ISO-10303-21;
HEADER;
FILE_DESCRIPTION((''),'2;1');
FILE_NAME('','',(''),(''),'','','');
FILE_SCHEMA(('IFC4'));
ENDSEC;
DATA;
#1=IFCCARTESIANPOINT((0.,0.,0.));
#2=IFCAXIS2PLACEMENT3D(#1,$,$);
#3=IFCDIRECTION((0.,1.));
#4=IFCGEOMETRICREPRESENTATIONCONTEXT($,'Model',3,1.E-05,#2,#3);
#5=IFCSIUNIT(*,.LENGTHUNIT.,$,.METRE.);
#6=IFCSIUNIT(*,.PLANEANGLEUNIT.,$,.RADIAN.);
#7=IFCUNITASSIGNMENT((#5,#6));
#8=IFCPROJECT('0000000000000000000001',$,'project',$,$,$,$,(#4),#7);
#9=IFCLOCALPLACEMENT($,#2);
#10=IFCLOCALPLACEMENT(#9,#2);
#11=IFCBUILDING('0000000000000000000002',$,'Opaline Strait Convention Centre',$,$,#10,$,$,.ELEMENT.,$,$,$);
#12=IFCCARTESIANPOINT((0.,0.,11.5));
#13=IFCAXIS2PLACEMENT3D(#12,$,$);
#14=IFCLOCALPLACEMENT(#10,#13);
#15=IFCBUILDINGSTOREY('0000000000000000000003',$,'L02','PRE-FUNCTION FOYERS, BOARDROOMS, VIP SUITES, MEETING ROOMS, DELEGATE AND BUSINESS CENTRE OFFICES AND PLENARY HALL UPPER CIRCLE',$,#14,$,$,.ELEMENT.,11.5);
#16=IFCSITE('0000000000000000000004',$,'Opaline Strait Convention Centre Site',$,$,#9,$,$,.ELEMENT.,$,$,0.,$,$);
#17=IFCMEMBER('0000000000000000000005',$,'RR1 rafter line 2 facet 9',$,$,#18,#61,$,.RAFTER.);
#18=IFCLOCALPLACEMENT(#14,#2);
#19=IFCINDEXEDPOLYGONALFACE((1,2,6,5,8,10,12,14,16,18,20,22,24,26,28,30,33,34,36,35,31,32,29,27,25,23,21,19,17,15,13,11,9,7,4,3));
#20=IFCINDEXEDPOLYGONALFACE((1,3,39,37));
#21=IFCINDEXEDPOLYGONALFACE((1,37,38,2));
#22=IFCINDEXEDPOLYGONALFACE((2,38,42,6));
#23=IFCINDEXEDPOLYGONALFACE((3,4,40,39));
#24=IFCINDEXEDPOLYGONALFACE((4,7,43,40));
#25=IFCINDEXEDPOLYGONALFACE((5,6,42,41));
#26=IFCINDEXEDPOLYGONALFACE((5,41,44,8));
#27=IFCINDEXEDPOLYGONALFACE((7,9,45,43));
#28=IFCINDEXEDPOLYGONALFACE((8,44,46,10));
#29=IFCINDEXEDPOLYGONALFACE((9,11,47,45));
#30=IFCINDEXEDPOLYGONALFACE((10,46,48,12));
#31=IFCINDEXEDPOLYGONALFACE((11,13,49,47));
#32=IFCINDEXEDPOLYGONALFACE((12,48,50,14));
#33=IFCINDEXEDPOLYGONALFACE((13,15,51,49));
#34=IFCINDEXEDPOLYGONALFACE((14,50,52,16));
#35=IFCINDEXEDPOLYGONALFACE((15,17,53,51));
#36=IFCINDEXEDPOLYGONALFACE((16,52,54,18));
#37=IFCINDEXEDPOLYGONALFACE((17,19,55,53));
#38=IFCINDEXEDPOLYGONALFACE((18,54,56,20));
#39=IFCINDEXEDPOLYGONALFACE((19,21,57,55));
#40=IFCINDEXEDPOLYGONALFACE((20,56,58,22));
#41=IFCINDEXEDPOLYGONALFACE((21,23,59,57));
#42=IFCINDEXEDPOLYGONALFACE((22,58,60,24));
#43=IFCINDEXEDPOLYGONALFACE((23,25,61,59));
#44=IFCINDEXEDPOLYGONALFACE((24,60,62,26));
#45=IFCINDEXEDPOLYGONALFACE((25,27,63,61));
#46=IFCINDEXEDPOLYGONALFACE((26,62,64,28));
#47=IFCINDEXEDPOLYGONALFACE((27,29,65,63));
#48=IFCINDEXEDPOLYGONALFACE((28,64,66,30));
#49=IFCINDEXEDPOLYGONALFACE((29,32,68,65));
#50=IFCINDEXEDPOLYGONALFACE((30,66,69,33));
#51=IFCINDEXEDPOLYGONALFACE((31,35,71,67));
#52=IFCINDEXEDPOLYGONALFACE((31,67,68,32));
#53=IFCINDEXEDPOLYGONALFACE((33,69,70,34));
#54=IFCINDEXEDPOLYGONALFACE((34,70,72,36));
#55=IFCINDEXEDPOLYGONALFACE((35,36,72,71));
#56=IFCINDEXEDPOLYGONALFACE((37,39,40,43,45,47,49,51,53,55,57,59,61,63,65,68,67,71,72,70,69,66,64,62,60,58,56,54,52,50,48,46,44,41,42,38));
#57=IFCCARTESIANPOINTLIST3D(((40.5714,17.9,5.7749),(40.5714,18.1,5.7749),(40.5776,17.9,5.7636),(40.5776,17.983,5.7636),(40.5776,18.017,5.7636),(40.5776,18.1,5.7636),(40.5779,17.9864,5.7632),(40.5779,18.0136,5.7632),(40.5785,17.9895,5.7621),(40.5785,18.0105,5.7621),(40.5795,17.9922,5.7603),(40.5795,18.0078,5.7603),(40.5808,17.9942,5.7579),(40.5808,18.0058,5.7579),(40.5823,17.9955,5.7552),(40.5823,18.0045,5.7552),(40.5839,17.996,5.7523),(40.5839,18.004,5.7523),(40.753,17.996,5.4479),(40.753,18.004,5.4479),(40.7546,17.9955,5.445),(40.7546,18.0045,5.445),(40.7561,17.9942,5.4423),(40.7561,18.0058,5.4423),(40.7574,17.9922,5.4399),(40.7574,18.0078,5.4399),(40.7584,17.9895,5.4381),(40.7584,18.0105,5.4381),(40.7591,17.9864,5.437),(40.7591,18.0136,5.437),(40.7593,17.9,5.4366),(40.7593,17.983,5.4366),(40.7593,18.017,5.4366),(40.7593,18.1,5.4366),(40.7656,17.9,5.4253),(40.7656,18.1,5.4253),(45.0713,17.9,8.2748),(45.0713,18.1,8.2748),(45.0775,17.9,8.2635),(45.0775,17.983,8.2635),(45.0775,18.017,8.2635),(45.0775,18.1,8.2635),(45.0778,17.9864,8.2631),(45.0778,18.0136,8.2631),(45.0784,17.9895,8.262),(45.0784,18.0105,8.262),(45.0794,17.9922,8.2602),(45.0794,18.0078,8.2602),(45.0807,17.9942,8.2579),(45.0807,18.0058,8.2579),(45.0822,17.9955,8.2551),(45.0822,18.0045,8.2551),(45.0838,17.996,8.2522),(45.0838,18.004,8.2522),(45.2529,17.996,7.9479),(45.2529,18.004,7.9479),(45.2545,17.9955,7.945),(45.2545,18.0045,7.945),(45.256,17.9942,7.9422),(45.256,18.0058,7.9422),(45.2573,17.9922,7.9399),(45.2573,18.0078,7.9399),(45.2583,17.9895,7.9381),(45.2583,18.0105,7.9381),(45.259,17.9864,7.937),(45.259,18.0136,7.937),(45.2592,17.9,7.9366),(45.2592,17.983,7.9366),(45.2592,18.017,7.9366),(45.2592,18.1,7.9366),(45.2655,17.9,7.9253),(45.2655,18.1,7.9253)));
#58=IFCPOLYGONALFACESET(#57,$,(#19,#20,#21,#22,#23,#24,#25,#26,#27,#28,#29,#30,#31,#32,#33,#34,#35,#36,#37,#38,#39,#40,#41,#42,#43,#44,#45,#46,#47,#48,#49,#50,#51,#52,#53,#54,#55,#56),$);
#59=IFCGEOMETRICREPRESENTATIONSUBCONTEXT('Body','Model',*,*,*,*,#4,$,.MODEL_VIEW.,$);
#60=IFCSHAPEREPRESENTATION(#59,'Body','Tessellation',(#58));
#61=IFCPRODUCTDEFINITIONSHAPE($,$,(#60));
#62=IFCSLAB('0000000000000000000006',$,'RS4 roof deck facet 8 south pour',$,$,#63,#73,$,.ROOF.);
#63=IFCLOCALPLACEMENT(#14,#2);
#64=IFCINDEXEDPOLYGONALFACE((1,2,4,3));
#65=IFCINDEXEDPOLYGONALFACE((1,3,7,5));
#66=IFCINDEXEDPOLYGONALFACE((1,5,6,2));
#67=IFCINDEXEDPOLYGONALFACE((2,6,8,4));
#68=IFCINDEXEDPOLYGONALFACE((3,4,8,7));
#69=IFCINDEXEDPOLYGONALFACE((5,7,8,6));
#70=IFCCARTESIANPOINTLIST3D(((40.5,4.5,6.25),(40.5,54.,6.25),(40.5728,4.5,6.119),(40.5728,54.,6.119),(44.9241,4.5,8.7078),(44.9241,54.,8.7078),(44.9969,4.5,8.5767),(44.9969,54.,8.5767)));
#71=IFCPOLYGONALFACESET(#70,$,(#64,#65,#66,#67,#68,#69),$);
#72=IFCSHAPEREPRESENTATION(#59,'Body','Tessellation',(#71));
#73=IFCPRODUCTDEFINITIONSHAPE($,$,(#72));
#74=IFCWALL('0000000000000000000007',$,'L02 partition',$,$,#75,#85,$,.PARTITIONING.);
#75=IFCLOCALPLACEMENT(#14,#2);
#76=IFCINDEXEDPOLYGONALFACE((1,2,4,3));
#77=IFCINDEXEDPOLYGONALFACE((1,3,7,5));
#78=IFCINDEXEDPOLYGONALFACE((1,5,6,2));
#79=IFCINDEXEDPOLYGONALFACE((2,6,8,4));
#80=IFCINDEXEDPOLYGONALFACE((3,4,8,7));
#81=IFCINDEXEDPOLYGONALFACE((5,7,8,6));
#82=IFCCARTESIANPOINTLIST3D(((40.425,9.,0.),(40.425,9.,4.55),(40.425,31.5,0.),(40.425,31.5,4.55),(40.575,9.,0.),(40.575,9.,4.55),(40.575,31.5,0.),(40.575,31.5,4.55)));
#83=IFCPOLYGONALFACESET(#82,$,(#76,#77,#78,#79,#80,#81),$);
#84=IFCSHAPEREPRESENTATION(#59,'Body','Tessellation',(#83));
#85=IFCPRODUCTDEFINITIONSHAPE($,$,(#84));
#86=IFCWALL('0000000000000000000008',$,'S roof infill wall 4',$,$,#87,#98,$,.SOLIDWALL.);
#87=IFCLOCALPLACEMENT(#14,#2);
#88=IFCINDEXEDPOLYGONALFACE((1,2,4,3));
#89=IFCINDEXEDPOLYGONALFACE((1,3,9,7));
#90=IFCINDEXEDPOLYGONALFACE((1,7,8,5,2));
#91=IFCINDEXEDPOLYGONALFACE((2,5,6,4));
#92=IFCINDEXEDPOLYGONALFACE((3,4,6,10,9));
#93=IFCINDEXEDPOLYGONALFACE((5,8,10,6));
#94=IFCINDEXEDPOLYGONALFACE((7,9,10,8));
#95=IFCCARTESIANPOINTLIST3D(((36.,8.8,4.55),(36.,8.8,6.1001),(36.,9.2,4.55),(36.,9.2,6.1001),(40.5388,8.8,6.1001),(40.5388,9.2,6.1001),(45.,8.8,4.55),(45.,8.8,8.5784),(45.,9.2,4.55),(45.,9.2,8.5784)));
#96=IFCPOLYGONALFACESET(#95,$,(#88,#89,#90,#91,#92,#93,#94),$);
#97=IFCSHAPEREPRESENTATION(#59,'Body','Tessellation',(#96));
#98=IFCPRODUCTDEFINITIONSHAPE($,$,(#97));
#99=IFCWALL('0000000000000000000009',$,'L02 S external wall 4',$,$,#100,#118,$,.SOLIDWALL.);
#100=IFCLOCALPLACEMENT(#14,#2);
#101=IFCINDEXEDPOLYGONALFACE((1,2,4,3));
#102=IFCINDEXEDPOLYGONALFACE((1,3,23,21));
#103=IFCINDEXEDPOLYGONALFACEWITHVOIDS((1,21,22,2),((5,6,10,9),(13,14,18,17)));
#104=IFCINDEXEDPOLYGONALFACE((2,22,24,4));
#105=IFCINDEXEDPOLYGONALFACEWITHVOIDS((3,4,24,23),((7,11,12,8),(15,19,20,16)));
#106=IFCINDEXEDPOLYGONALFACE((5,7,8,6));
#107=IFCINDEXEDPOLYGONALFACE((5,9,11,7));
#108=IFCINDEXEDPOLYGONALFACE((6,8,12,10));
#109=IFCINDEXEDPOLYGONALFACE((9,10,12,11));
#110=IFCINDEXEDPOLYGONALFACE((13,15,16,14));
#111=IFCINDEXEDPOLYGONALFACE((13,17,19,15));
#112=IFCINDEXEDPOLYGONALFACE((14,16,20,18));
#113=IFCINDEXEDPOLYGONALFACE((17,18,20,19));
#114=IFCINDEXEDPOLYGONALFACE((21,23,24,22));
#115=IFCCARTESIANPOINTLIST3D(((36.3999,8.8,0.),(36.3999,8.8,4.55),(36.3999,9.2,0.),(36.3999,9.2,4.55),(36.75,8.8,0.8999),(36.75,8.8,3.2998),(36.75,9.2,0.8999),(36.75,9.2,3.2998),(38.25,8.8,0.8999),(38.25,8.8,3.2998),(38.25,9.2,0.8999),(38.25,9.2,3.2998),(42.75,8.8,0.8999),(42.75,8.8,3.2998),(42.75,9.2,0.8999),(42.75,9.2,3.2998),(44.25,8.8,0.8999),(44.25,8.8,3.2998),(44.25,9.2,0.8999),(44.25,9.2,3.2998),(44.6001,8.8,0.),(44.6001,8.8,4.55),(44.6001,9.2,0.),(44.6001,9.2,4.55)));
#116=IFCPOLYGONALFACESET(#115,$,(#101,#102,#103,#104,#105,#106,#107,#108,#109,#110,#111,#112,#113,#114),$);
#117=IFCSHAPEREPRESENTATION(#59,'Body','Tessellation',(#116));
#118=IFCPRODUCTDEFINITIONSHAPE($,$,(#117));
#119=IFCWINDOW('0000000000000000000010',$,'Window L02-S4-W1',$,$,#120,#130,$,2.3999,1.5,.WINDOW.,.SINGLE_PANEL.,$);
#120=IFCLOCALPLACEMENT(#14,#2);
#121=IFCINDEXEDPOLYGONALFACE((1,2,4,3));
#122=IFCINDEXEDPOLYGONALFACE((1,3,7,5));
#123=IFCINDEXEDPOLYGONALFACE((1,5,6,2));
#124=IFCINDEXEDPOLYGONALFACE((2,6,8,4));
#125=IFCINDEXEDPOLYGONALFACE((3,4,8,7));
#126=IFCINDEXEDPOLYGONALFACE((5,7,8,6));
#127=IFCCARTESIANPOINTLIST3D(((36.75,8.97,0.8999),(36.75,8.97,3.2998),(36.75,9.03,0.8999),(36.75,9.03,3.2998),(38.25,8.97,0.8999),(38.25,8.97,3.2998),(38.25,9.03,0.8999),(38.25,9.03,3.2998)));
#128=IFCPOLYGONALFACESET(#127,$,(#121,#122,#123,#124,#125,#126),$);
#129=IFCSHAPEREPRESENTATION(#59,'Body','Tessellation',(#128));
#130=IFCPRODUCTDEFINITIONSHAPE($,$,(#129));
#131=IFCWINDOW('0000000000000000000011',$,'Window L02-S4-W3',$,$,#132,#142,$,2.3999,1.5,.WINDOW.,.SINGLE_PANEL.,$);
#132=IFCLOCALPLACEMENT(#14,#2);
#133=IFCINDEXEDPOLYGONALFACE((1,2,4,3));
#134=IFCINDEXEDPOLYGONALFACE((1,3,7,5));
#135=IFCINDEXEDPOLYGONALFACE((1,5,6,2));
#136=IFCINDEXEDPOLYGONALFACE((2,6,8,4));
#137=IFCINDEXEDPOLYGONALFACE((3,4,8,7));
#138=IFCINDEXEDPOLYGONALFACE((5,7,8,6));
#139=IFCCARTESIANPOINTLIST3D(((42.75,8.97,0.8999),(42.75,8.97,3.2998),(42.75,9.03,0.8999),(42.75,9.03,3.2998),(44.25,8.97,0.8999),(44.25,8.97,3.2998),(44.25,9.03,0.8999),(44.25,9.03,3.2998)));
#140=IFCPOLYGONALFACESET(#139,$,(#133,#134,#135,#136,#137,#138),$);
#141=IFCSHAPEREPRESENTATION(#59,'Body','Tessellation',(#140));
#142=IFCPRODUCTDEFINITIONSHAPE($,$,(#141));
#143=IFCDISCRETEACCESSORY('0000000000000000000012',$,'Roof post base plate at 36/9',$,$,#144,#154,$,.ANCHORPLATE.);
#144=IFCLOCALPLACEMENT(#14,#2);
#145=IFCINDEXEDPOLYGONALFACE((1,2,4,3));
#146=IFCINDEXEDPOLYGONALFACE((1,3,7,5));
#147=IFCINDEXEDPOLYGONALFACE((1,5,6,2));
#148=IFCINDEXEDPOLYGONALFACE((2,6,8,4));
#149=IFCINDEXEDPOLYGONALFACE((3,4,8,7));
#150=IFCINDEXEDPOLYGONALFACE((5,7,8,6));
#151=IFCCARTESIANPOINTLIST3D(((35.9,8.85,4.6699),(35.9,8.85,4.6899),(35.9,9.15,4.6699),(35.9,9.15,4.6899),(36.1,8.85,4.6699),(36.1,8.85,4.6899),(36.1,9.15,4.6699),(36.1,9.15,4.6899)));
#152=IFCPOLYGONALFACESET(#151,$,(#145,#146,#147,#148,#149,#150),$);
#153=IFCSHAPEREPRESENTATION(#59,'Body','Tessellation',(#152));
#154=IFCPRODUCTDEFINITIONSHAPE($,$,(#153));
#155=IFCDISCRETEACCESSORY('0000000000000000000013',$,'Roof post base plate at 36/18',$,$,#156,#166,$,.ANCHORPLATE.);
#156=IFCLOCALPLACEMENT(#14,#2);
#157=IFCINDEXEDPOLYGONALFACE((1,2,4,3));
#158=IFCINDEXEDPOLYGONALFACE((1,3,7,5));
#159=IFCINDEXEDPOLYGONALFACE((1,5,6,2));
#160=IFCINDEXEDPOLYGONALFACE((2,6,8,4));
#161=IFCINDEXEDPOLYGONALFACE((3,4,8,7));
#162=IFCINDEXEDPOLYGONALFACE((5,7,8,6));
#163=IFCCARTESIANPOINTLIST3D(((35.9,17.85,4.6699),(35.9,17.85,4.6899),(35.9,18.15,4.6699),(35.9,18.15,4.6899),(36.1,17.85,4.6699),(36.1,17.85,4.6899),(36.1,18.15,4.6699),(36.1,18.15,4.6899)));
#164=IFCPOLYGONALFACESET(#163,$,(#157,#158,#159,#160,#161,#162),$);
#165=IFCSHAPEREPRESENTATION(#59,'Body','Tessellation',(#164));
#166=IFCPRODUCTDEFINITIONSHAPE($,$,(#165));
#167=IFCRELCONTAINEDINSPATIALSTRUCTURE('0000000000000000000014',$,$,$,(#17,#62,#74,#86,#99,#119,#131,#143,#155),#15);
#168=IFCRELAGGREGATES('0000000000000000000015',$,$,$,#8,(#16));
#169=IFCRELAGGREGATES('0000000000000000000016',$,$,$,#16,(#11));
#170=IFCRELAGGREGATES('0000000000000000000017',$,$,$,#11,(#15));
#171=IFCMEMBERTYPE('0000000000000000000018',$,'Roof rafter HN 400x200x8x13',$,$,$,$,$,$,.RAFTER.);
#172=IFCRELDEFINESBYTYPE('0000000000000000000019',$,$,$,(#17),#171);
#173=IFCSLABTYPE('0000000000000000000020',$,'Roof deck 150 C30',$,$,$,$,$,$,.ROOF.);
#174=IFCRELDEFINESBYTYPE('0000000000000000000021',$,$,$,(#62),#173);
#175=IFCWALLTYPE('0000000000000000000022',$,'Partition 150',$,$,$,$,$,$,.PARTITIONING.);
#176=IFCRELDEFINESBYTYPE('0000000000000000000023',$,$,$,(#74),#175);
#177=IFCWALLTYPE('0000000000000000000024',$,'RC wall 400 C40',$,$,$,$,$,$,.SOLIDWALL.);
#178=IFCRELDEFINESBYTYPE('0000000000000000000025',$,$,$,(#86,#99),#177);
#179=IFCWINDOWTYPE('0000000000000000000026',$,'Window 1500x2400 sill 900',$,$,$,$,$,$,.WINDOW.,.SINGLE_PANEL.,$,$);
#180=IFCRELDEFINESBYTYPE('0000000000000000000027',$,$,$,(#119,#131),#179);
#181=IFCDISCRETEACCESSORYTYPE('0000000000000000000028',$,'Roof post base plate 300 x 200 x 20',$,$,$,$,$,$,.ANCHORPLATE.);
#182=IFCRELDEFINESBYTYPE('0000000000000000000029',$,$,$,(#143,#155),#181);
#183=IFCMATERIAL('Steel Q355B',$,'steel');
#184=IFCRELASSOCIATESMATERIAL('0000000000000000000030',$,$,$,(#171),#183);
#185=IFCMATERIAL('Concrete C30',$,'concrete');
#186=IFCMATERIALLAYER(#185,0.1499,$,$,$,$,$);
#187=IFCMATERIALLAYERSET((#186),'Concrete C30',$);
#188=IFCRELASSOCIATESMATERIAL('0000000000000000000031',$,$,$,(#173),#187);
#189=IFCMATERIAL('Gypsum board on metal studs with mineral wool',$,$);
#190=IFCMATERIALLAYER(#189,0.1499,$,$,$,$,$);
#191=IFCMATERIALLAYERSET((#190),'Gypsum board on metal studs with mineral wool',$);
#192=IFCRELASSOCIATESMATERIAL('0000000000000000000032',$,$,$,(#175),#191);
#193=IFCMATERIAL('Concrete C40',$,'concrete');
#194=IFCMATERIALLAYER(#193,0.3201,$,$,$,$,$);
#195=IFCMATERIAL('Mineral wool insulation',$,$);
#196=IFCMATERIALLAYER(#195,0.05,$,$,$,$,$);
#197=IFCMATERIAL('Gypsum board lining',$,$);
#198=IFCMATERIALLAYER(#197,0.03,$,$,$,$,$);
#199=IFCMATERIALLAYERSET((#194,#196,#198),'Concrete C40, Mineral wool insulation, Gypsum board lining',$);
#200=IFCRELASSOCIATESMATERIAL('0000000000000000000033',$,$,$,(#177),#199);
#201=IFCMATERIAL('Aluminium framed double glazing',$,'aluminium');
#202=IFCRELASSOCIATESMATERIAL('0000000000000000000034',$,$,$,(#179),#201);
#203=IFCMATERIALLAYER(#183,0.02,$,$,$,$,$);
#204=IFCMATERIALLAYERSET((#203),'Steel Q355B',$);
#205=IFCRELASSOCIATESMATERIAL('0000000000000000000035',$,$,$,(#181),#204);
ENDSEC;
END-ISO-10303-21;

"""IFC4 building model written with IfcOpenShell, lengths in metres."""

from ifc_helpers import new_model, si_unit, direction, frame, frame_2d, origin, origin_2d, place, context, subcontext, project, spatial, polyline, rectangle, i_section, outline, extrude, material, layer, layer_set, material_profile, profile_set, type_object, element, fill, save


model = new_model("IFC4")

# Units and contexts
model_context = context("Model", 3, precision=1e-05, world=origin(), true_north=direction((0.0, 1.0)))
body_context = subcontext(model_context, "Body", "Model", "MODEL_VIEW")
ifc_project = project(units=[si_unit("LENGTHUNIT", "METRE"), si_unit("PLANEANGLEUNIT", "RADIAN")], contexts=[model_context])

# Site, building, storey
site_placement = place(None, origin())
site = spatial("IfcSite", under=ifc_project, at=site_placement, Name="Opaline Strait Convention Centre Site", CompositionType="ELEMENT", RefElevation=0.0)
building_placement = place(site_placement, origin())
building = spatial("IfcBuilding", under=site, at=building_placement, Name="Opaline Strait Convention Centre", CompositionType="ELEMENT")
storey_placement = place(building_placement, frame((0.0, 0.0, 11.5)))
storey = spatial("IfcBuildingStorey", under=building, at=storey_placement, Name="L02", Description="PRE-FUNCTION FOYERS, BOARDROOMS, VIP SUITES, MEETING ROOMS, DELEGATE AND BUSINESS CENTRE OFFICES AND PLENARY HALL UPPER CIRCLE", CompositionType="ELEMENT", Elevation=11.5)

# Shared definitions
ifc_material_1 = material(Name="Concrete C40", Category="concrete")

# Shared definitions
ifc_material_2 = material(Name="Steel Q355B", Category="steel")

# Member
ifc_material_profile_1 = material_profile(ifc_material_2, i_section(OverallWidth=0.2, OverallDepth=0.3999, WebThickness=0.0081, FlangeThickness=0.0129, FilletRadius=0.0129, at=origin_2d()), Name="HN 400x200x8x13")
ifc_profile_set_1 = profile_set([ifc_material_profile_1], Name="Steel Q355B")
member_type_1 = type_object("IfcMemberType", Name="Roof rafter HN 400x200x8x13", PredefinedType="RAFTER", material=ifc_profile_set_1)
member_1_placement = place(storey_placement, frame((40.6685, 18.0, 5.6001), z_axis=(0.874157, 0.0, 0.485643), x_axis=(0.0, 1.0, 0.0)))
element("IfcMember", 1, at=member_1_placement, inside=storey, type_object=member_type_1, Name="RR1 rafter line 2 facet 9", PredefinedType="RAFTER", context=body_context, shape_type="SweptSolid", body=[
    extrude(i_section(OverallWidth=0.2, OverallDepth=0.3999, WebThickness=0.0081, FlangeThickness=0.0129, FilletRadius=0.0129, at=origin_2d()), origin(), (0.0, 0.0, 1.0), 5.1477),
])

# Slab
ifc_material_3 = material(Name="Concrete C30", Category="concrete")
ifc_layer_1 = layer(ifc_material_3, 0.1499)
ifc_layer_set_1 = layer_set([ifc_layer_1], Name="Concrete C30")
slab_type = type_object("IfcSlabType", Name="Roof deck 150 C30", PredefinedType="ROOF", material=ifc_layer_set_1)
slab_placement = place(storey_placement, frame((40.5, 4.5, 6.25), z_axis=(-0.485635, 0.0, 0.874162), x_axis=(0.874162, 0.0, 0.485635)))
element("IfcSlab", 2, at=slab_placement, inside=storey, type_object=slab_type, Name="RS4 roof deck facet 8 south pour", PredefinedType="ROOF", context=body_context, shape_type="SweptSolid", body=[
    extrude(outline(polyline([(0.0, 0.0), (5.0609, 0.0), (5.0609, 49.5), (0.0, 49.5), (0.0, 0.0)])), origin(), (0.0, 0.0, -1.0), 0.1499),
])

# Walls
ifc_material_4 = material(Name="Gypsum board on metal studs with mineral wool")
ifc_layer_2 = layer(ifc_material_4, 0.1499)
ifc_layer_set_2 = layer_set([ifc_layer_2], Name="Gypsum board on metal studs with mineral wool")
wall_type_1 = type_object("IfcWallType", Name="Partition 150", PredefinedType="PARTITIONING", material=ifc_layer_set_2)
wall_1_placement = place(storey_placement, frame((40.5, 9.0, 0.0), z_axis=(0.0, 0.0, 1.0), x_axis=(0.0, 1.0, 0.0)))
element("IfcWall", 3, at=wall_1_placement, inside=storey, type_object=wall_type_1, Name="L02 partition", PredefinedType="PARTITIONING", context=body_context, shape_type="SweptSolid", body=[
    extrude(rectangle(XDim=22.5, YDim=0.1499, at=frame_2d((11.25, 0.0))), origin(), (0.0, 0.0, 1.0), 4.55),
])
ifc_layer_3 = layer(ifc_material_1, 0.3201)
ifc_material_5 = material(Name="Mineral wool insulation")
ifc_layer_4 = layer(ifc_material_5, 0.05)
ifc_material_6 = material(Name="Gypsum board lining")
ifc_layer_5 = layer(ifc_material_6, 0.03)
ifc_layer_set_3 = layer_set([ifc_layer_3, ifc_layer_4, ifc_layer_5], Name="Concrete C40, Mineral wool insulation, Gypsum board lining")
wall_type_2 = type_object("IfcWallType", Name="RC wall 400 C40", PredefinedType="SOLIDWALL", material=ifc_layer_set_3)
wall_2_placement = place(storey_placement, frame((36.0, 9.0, 4.55), z_axis=(0.0, 0.0, 1.0), x_axis=(1.0, 0.0, 0.0)))
element("IfcWall", 4, at=wall_2_placement, inside=storey, type_object=wall_type_2, Name="S roof infill wall 4", PredefinedType="SOLIDWALL", context=body_context, shape_type="SweptSolid", body=[
    extrude(outline(polyline([(0.0, 0.0), (9.0, 0.0), (9.0, 4.0283), (4.5388, 1.55), (0.0, 1.55), (0.0, 0.0)])), frame((0.0, 0.2, 0.0), z_axis=(0.0, -1.0, 0.0), x_axis=(1.0, 0.0, 0.0)), (0.0, 0.0, 1.0), 0.3999),
])

# Wall, openings, windows
wall_3_placement = place(storey_placement, frame((36.3999, 9.0, 0.0), z_axis=(0.0, 0.0, 1.0), x_axis=(1.0, 0.0, 0.0)))
wall_3 = element("IfcWall", 5, at=wall_3_placement, inside=storey, type_object=wall_type_2, Name="L02 S external wall 4", PredefinedType="SOLIDWALL", context=body_context, shape_type="SweptSolid", body=[
    extrude(rectangle(XDim=8.2002, YDim=0.3999, at=frame_2d((4.1001, 0.0))), origin(), (0.0, 0.0, 1.0), 4.55),
])
opening_1_placement = place(wall_3_placement, frame((0.3501, 0.0, 0.8999)))
opening_1 = element("IfcOpeningElement", 6, at=opening_1_placement, cuts=wall_3, PredefinedType="OPENING", context=body_context, shape_type="SweptSolid", body=[
    extrude(rectangle(XDim=1.5, YDim=2.3999, at=frame_2d((0.75, 1.2))), frame((0.0, 0.21, 0.0), z_axis=(0.0, -1.0, 0.0), x_axis=(1.0, 0.0, 0.0)), (0.0, 0.0, 1.0), 0.4199),
])
opening_2_placement = place(wall_3_placement, frame((6.3501, 0.0, 0.8999)))
opening_2 = element("IfcOpeningElement", 7, at=opening_2_placement, cuts=wall_3, PredefinedType="OPENING", context=body_context, shape_type="SweptSolid", body=[
    extrude(rectangle(XDim=1.5, YDim=2.3999, at=frame_2d((0.75, 1.2))), frame((0.0, 0.21, 0.0), z_axis=(0.0, -1.0, 0.0), x_axis=(1.0, 0.0, 0.0)), (0.0, 0.0, 1.0), 0.4199),
])
ifc_material_7 = material(Name="Aluminium framed double glazing", Category="aluminium")
window_type = type_object("IfcWindowType", Name="Window 1500x2400 sill 900", PartitioningType="SINGLE_PANEL", PredefinedType="WINDOW", material=ifc_material_7)
window_1_placement = place(opening_1_placement, origin())
window_1 = element("IfcWindow", 8, at=window_1_placement, inside=storey, type_object=window_type, Name="Window L02-S4-W1", OverallHeight=2.3999, OverallWidth=1.5, PartitioningType="SINGLE_PANEL", PredefinedType="WINDOW", context=body_context, shape_type="SweptSolid", body=[
    extrude(rectangle(XDim=1.5, YDim=2.3999, at=frame_2d((0.75, 1.2))), frame((0.0, 0.03, 0.0), z_axis=(0.0, -1.0, 0.0), x_axis=(1.0, 0.0, 0.0)), (0.0, 0.0, 1.0), 0.0601),
])
fill(opening_1, window_1)
window_2_placement = place(opening_2_placement, origin())
window_2 = element("IfcWindow", 9, at=window_2_placement, inside=storey, type_object=window_type, Name="Window L02-S4-W3", OverallHeight=2.3999, OverallWidth=1.5, PartitioningType="SINGLE_PANEL", PredefinedType="WINDOW", context=body_context, shape_type="SweptSolid", body=[
    extrude(rectangle(XDim=1.5, YDim=2.3999, at=frame_2d((0.75, 1.2))), frame((0.0, 0.03, 0.0), z_axis=(0.0, -1.0, 0.0), x_axis=(1.0, 0.0, 0.0)), (0.0, 0.0, 1.0), 0.0601),
])
fill(opening_2, window_2)

# Discrete accessories
ifc_layer_6 = layer(ifc_material_2, 0.02)
ifc_layer_set_4 = layer_set([ifc_layer_6], Name="Steel Q355B")
discrete_accessory_type_1 = type_object("IfcDiscreteAccessoryType", Name="Roof post base plate 300 x 200 x 20", PredefinedType="ANCHORPLATE", material=ifc_layer_set_4)
for number, where, z_axis, x_axis, name in (
    (10, (36.0, 9.0, 4.6699), (0.0, 0.0, 1.0), (1.0, 0.0, 0.0), "Roof post base plate at 36/9"),
    (11, (36.0, 18.0, 4.6699), (0.0, 0.0, 1.0), (1.0, 0.0, 0.0), "Roof post base plate at 36/18"),
):
    element("IfcDiscreteAccessory", number, at=place(storey_placement, frame(where, z_axis=z_axis, x_axis=x_axis)), inside=storey, type_object=discrete_accessory_type_1, Name=name, PredefinedType="ANCHORPLATE", context=body_context, shape_type="SweptSolid", body=[
        extrude(rectangle(XDim=0.2, YDim=0.3, at=origin_2d()), origin(), (0.0, 0.0, 1.0), 0.02),
    ])

save(model, "model.ifc")
